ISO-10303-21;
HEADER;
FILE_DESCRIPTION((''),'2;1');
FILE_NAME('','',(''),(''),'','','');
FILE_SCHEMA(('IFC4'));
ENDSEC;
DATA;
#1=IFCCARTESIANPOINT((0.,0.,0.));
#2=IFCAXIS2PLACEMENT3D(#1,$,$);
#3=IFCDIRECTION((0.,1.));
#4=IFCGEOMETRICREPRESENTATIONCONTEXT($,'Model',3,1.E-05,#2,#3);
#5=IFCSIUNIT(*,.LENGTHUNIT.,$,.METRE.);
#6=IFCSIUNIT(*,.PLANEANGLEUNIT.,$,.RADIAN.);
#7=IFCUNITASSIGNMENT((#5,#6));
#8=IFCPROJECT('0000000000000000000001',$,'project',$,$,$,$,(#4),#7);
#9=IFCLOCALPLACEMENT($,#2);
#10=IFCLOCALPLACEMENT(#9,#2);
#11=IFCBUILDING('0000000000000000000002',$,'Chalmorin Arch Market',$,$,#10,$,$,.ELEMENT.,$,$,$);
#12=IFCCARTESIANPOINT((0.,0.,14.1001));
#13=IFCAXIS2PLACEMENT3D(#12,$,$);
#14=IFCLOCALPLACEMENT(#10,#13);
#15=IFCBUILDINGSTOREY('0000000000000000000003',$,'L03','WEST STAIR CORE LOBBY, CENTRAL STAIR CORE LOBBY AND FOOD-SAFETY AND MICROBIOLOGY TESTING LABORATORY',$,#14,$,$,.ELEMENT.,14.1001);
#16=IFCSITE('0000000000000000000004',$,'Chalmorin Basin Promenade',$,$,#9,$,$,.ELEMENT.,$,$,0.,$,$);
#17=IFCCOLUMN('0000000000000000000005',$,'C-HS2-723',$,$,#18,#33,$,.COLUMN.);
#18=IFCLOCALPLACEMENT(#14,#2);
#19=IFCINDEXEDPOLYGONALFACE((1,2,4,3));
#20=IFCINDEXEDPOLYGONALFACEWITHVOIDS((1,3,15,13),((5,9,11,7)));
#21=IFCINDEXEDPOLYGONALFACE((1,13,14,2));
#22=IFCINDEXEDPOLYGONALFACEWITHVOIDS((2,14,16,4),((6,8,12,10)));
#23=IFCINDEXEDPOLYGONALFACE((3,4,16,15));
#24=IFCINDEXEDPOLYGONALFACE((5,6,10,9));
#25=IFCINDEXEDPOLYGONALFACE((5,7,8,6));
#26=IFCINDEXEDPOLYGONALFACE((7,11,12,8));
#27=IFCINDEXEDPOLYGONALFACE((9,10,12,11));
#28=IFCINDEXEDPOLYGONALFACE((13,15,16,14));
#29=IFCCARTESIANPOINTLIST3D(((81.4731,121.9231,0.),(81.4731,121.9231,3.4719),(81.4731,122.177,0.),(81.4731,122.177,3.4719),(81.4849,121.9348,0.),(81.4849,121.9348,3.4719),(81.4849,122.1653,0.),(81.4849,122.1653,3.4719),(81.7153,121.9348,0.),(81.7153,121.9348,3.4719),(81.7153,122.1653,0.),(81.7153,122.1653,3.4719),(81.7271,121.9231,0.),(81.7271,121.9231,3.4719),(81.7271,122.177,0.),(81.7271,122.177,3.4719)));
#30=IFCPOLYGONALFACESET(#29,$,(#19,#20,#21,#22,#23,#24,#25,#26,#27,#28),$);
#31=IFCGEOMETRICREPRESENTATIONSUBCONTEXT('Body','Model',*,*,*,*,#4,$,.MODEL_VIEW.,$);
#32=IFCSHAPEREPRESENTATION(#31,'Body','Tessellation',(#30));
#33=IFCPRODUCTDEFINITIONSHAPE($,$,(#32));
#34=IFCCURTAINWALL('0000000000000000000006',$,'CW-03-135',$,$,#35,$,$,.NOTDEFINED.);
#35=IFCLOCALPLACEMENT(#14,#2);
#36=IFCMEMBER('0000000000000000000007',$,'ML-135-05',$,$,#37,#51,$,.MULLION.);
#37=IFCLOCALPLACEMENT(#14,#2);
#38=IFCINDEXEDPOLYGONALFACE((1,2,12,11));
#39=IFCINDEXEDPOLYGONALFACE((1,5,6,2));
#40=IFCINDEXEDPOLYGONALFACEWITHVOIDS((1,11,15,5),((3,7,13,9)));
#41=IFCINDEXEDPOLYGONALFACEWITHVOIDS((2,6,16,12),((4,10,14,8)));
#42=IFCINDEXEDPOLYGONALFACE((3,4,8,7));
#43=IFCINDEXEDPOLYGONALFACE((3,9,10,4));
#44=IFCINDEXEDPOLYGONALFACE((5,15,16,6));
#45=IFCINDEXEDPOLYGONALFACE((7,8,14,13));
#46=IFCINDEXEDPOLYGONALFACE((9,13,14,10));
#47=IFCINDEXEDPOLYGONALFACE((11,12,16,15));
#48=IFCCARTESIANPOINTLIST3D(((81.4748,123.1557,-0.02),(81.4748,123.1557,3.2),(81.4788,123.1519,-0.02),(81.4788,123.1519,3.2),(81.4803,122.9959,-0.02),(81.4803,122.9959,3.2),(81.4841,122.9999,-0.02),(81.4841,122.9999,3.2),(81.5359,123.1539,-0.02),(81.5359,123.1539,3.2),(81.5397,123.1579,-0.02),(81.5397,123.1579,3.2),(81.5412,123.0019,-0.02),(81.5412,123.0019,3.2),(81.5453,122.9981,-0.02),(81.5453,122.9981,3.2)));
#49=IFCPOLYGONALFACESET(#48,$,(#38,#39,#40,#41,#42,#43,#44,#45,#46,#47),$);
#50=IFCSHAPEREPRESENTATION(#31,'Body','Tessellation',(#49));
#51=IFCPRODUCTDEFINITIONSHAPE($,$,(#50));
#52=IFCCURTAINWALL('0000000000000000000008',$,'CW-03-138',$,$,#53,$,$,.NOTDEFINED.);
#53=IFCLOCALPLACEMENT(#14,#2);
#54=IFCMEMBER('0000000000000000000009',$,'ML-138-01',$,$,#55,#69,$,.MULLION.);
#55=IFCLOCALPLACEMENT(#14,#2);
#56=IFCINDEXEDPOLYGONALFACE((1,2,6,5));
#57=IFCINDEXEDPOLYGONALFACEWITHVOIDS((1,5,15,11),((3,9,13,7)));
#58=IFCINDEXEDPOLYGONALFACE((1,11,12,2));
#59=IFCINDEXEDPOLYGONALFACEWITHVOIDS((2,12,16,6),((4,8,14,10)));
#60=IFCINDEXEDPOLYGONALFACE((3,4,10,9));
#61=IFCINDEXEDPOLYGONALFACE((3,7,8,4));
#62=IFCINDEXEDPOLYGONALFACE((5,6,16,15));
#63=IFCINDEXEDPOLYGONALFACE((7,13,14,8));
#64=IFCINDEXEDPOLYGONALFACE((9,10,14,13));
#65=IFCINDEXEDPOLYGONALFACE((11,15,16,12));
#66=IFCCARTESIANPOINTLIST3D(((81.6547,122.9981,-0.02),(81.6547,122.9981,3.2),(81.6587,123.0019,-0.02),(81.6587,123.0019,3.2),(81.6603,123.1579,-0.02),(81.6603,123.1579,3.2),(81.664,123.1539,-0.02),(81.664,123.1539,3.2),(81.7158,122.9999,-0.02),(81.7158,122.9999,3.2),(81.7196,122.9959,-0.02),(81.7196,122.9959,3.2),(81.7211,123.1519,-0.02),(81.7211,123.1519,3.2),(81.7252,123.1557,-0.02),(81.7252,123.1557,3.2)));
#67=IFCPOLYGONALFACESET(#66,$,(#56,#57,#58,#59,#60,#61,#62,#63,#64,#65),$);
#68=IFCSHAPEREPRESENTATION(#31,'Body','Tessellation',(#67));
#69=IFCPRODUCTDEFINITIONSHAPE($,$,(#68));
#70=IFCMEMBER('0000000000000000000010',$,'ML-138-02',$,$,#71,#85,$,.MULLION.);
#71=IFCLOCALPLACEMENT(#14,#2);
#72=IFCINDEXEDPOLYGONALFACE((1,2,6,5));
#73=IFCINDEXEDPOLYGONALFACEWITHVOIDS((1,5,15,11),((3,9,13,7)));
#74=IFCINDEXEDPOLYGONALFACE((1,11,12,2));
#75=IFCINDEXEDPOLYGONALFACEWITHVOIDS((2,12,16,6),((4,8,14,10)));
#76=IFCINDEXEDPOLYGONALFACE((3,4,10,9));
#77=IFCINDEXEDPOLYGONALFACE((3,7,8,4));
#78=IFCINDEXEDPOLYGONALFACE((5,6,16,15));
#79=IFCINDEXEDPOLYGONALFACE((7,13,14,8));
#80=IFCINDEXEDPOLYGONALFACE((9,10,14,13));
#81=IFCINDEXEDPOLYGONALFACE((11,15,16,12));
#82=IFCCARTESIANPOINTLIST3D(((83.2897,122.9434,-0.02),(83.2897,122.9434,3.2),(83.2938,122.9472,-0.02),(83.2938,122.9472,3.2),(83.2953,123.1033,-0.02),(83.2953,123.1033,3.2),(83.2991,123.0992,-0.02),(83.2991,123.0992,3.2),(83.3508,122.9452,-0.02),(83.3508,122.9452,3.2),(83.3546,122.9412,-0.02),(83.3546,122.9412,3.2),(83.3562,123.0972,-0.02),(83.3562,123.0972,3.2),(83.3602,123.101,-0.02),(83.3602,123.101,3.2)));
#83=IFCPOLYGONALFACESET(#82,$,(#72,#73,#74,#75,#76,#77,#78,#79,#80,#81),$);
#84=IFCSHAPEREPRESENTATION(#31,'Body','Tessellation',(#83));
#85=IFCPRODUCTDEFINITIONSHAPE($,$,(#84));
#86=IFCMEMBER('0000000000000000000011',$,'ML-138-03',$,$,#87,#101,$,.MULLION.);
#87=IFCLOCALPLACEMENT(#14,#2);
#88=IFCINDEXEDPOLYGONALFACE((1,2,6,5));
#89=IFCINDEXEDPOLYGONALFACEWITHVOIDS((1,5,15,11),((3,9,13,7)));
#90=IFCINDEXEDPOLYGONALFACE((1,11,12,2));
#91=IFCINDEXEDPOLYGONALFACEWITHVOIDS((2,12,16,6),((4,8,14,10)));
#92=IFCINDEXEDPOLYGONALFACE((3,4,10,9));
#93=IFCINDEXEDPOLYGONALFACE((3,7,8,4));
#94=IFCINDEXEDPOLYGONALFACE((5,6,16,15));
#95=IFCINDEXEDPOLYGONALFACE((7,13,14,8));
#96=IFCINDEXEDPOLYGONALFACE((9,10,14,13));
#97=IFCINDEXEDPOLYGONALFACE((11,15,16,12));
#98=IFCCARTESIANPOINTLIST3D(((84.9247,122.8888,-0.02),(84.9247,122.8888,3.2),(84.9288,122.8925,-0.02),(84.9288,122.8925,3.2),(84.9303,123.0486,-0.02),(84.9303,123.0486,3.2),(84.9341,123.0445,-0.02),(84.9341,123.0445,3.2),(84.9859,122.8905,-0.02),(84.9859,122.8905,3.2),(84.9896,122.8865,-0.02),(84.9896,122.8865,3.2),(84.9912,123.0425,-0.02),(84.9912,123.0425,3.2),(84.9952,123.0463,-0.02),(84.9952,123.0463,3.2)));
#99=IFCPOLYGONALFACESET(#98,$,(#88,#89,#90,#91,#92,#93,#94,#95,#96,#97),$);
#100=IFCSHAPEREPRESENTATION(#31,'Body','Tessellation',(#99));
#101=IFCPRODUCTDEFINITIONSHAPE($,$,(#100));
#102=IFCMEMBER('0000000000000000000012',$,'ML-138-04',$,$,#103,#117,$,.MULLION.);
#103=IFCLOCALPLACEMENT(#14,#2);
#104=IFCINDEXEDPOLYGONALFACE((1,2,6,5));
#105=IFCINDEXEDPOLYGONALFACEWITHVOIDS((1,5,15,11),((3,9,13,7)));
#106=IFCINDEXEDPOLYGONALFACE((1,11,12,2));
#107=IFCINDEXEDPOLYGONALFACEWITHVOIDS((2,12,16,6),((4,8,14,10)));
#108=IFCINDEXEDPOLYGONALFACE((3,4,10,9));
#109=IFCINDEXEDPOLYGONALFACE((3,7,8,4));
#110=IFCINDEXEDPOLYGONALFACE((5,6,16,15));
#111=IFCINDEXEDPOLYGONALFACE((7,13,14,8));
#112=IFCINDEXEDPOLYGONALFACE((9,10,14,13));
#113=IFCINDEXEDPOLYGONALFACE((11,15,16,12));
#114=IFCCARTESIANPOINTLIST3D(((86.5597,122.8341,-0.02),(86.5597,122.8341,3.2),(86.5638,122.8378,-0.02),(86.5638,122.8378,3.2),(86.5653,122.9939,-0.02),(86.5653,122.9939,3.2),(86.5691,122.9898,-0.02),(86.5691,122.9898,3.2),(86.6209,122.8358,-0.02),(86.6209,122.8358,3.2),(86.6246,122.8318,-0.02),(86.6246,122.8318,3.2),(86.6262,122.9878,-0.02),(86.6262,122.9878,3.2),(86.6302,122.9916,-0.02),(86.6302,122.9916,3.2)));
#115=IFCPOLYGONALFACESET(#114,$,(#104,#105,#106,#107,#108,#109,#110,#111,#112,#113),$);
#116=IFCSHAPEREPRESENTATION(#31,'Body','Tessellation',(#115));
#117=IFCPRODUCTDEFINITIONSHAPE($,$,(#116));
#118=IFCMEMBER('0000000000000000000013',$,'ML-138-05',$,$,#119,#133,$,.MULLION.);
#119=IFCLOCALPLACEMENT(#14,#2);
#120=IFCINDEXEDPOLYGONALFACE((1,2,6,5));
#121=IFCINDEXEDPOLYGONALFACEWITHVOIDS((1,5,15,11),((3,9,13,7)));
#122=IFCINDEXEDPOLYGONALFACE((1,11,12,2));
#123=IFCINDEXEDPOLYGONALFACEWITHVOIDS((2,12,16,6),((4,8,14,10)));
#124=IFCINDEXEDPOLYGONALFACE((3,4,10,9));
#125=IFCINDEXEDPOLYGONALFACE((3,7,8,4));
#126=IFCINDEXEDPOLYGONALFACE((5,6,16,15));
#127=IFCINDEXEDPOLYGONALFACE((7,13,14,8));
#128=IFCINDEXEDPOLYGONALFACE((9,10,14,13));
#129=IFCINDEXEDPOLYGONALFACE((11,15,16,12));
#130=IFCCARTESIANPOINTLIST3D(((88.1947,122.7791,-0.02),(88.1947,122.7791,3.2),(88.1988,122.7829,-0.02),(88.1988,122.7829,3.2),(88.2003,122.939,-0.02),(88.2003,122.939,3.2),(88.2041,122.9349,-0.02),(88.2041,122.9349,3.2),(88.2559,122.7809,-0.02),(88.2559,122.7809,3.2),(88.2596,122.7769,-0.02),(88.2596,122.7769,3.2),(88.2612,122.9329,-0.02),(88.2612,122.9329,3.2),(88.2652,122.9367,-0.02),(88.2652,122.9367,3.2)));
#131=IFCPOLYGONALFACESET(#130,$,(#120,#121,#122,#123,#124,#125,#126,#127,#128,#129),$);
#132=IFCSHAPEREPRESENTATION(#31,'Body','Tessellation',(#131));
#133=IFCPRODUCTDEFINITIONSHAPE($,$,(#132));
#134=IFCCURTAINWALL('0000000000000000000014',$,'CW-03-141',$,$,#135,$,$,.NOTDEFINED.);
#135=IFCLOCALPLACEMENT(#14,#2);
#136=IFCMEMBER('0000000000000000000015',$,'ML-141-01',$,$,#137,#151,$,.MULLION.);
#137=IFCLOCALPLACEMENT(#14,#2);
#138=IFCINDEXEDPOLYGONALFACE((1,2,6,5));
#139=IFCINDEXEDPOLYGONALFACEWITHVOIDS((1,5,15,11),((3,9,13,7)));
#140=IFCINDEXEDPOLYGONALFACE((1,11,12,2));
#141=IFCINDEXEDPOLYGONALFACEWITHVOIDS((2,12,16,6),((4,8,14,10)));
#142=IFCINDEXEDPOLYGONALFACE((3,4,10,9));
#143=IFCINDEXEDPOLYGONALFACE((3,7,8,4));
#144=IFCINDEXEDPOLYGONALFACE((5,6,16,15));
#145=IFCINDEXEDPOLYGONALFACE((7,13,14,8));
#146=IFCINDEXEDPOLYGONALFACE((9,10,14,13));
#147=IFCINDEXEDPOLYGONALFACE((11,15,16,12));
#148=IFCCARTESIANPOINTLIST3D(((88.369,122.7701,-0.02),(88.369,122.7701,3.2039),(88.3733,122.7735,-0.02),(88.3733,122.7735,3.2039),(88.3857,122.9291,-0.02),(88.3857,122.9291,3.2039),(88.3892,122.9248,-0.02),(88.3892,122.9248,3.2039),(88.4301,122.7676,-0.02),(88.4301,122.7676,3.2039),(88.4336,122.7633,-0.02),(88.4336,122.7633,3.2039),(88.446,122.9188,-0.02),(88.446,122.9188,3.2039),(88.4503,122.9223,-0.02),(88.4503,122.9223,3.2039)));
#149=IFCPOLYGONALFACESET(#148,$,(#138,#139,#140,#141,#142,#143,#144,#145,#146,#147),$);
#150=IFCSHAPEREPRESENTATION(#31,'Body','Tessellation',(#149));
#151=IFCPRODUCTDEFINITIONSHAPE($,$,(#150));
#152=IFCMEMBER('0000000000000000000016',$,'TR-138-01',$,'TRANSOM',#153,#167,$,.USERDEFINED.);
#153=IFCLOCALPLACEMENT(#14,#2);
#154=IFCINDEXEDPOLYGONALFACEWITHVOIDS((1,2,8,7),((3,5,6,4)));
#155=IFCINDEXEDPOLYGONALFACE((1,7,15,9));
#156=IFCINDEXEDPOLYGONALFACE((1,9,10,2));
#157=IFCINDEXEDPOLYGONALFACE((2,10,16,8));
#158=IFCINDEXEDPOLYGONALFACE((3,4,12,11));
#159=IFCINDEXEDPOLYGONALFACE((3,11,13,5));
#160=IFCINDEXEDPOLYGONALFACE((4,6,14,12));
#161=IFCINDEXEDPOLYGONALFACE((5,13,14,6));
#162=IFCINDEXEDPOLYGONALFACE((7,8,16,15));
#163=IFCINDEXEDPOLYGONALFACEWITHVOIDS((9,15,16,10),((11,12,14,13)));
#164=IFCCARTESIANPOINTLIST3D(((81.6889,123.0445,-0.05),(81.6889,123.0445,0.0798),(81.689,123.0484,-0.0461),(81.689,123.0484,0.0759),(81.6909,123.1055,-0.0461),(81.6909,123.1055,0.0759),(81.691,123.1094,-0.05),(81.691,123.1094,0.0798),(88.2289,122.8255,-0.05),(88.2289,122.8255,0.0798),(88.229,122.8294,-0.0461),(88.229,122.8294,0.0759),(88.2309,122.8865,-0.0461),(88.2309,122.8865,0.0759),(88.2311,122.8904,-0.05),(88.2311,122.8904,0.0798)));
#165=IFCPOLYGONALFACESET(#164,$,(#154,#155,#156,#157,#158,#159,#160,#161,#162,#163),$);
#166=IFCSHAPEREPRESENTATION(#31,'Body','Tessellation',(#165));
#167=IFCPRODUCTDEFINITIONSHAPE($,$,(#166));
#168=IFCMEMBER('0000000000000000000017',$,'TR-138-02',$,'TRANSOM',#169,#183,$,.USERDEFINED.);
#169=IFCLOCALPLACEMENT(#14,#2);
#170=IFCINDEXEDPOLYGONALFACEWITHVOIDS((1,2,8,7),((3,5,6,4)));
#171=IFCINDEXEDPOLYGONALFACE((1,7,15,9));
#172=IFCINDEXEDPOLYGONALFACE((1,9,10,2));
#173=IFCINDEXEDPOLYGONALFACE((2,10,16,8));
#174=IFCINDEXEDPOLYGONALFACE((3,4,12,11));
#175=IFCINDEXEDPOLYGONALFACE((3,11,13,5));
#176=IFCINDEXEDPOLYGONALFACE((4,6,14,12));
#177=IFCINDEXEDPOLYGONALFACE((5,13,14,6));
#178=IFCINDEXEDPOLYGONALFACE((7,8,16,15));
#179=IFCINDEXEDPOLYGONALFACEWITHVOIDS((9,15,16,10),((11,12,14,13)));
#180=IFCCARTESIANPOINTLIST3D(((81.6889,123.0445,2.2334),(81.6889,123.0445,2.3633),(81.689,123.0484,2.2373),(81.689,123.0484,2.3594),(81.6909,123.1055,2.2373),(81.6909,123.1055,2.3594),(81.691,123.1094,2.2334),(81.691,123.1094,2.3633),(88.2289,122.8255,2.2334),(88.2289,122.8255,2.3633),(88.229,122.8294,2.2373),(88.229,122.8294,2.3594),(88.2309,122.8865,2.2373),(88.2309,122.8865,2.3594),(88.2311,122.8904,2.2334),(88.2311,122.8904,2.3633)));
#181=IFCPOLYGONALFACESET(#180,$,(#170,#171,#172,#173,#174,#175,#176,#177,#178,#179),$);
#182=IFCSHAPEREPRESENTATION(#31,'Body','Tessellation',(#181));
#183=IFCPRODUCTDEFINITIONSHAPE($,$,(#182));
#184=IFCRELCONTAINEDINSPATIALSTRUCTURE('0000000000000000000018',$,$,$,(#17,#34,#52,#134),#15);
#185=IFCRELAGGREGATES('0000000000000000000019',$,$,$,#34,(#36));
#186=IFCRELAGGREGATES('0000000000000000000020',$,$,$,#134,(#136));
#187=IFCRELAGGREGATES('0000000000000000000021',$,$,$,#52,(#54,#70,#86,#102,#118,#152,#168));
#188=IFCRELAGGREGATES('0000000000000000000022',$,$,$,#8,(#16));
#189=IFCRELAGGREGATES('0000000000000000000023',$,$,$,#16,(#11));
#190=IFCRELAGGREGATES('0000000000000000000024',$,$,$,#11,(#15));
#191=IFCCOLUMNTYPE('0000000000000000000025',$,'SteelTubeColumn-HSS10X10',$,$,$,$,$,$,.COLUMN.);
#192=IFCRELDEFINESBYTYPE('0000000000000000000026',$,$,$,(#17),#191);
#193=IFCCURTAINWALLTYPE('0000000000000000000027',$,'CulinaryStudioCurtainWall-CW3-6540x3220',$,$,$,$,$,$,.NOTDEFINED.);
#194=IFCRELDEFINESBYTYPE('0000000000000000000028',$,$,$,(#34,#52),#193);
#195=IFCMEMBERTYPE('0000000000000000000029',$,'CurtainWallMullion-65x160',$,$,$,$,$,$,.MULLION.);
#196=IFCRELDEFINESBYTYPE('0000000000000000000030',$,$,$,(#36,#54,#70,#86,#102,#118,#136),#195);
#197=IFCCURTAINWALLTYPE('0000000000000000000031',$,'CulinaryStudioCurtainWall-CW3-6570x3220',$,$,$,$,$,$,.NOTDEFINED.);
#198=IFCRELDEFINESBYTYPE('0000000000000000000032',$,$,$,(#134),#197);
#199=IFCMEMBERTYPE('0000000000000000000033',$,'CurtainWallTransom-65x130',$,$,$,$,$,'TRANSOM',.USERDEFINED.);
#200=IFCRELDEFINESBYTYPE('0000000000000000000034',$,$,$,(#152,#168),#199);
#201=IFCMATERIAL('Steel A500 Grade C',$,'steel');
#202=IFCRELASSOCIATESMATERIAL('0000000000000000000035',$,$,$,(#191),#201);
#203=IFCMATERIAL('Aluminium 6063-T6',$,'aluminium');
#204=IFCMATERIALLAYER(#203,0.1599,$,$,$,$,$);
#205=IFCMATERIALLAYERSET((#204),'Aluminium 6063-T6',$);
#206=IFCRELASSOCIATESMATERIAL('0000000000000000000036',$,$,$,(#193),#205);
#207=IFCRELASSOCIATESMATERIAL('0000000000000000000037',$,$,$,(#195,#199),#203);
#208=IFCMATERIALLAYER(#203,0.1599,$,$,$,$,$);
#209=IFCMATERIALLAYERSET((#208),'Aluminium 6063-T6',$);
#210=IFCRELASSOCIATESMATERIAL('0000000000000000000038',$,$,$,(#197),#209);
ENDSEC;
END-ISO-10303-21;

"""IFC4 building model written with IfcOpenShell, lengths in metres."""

from ifc_helpers import new_model, si_unit, direction, frame, origin, origin_2d, place, context, subcontext, project, spatial, hollow_rectangle, extrude, material, layer, layer_set, material_profile, profile_set, type_object, element, aggregate, save


model = new_model("IFC4")

# Units and contexts
model_context = context("Model", 3, precision=1e-05, world=origin(), true_north=direction((0.0, 1.0)))
body_context = subcontext(model_context, "Body", "Model", "MODEL_VIEW")
ifc_project = project(units=[si_unit("LENGTHUNIT", "METRE"), si_unit("PLANEANGLEUNIT", "RADIAN")], contexts=[model_context])

# Site, building, storey
site_placement = place(None, origin())
site = spatial("IfcSite", under=ifc_project, at=site_placement, Name="Chalmorin Basin Promenade", CompositionType="ELEMENT", RefElevation=0.0)
building_placement = place(site_placement, origin())
building = spatial("IfcBuilding", under=site, at=building_placement, Name="Chalmorin Arch Market", CompositionType="ELEMENT")
storey_placement = place(building_placement, frame((0.0, 0.0, 14.1001)))
storey = spatial("IfcBuildingStorey", under=building, at=storey_placement, Name="L03", Description="WEST STAIR CORE LOBBY, CENTRAL STAIR CORE LOBBY AND FOOD-SAFETY AND MICROBIOLOGY TESTING LABORATORY", CompositionType="ELEMENT", Elevation=14.1001)

# Column
ifc_material_1 = material(Name="Steel A500 Grade C", Category="steel")
ifc_material_profile_1 = material_profile(ifc_material_1, hollow_rectangle(XDim=0.2539, YDim=0.2539, WallThickness=0.0117, at=origin_2d()), Name="HSS10X10X1/2")
ifc_profile_set_1 = profile_set([ifc_material_profile_1], Name="Steel A500 Grade C")
column_type = type_object("IfcColumnType", Name="SteelTubeColumn-HSS10X10", PredefinedType="COLUMN", material=ifc_profile_set_1)
column_placement = place(storey_placement, frame((81.6001, 122.05, 0.0), z_axis=(0.0, 0.0, 1.0), x_axis=(1.0, 0.0, 0.0)))
element("IfcColumn", 1, at=column_placement, inside=storey, type_object=column_type, Name="C-HS2-723", PredefinedType="COLUMN", context=body_context, shape_type="SweptSolid", body=[
    extrude(hollow_rectangle(XDim=0.2539, YDim=0.2539, WallThickness=0.0117, at=origin_2d()), origin(), (0.0, 0.0, 1.0), 3.4719),
])

# Curtain wall, member
ifc_material_2 = material(Name="Aluminium 6063-T6", Category="aluminium")
ifc_layer_1 = layer(ifc_material_2, 0.1599)
ifc_layer_set_1 = layer_set([ifc_layer_1], Name="Aluminium 6063-T6")
curtain_wall_type_1 = type_object("IfcCurtainWallType", Name="CulinaryStudioCurtainWall-CW3-6540x3220", PredefinedType="NOTDEFINED", material=ifc_layer_set_1)
curtain_wall_1_placement = place(storey_placement, origin())
curtain_wall_1 = element("IfcCurtainWall", 2, at=curtain_wall_1_placement, inside=storey, type_object=curtain_wall_type_1, Name="CW-03-135", PredefinedType="NOTDEFINED")
ifc_material_profile_2 = material_profile(ifc_material_2, hollow_rectangle(XDim=0.0649, YDim=0.1599, WallThickness=0.0039, at=origin_2d()), Name="ALU65X160X4")
ifc_profile_set_2 = profile_set([ifc_material_profile_2], Name="Aluminium 6063-T6")
member_type_1 = type_object("IfcMemberType", Name="CurtainWallMullion-65x160", PredefinedType="MULLION", material=ifc_profile_set_2)
member_1_placement = place(storey_placement, frame((81.51, 123.0769, -0.02), z_axis=(0.0, 0.0, 1.0), x_axis=(0.999391, 0.034899, 0.0)))
member_1 = element("IfcMember", 3, at=member_1_placement, type_object=member_type_1, Name="ML-135-05", PredefinedType="MULLION", context=body_context, shape_type="SweptSolid", body=[
    extrude(hollow_rectangle(XDim=0.0649, YDim=0.1599, WallThickness=0.0039, at=origin_2d()), origin(), (0.0, 0.0, 1.0), 3.22),
])
aggregate(curtain_wall_1, [member_1])

# Curtain wall, members
curtain_wall_2_placement = place(storey_placement, origin())
curtain_wall_2 = element("IfcCurtainWall", 4, at=curtain_wall_2_placement, inside=storey, type_object=curtain_wall_type_1, Name="CW-03-138", PredefinedType="NOTDEFINED")
member_2_placement = place(storey_placement, frame((81.6899, 123.0769, -0.02), z_axis=(0.0, 0.0, 1.0), x_axis=(0.999391, -0.034899, 0.0)))
member_2 = element("IfcMember", 5, at=member_2_placement, type_object=member_type_1, Name="ML-138-01", PredefinedType="MULLION", context=body_context, shape_type="SweptSolid", body=[
    extrude(hollow_rectangle(XDim=0.0649, YDim=0.1599, WallThickness=0.0039, at=origin_2d()), origin(), (0.0, 0.0, 1.0), 3.22),
])
member_3_placement = place(storey_placement, frame((83.325, 123.0222, -0.02), z_axis=(0.0, 0.0, 1.0), x_axis=(0.999391, -0.034899, 0.0)))
member_3 = element("IfcMember", 6, at=member_3_placement, type_object=member_type_1, Name="ML-138-02", PredefinedType="MULLION", context=body_context, shape_type="SweptSolid", body=[
    extrude(hollow_rectangle(XDim=0.0649, YDim=0.1599, WallThickness=0.0039, at=origin_2d()), origin(), (0.0, 0.0, 1.0), 3.22),
])
member_4_placement = place(storey_placement, frame((84.96, 122.9675, -0.02), z_axis=(0.0, 0.0, 1.0), x_axis=(0.999391, -0.034899, 0.0)))
member_4 = element("IfcMember", 7, at=member_4_placement, type_object=member_type_1, Name="ML-138-03", PredefinedType="MULLION", context=body_context, shape_type="SweptSolid", body=[
    extrude(hollow_rectangle(XDim=0.0649, YDim=0.1599, WallThickness=0.0039, at=origin_2d()), origin(), (0.0, 0.0, 1.0), 3.22),
])
member_5_placement = place(storey_placement, frame((86.595, 122.9128, -0.02), z_axis=(0.0, 0.0, 1.0), x_axis=(0.999391, -0.034899, 0.0)))
member_5 = element("IfcMember", 8, at=member_5_placement, type_object=member_type_1, Name="ML-138-04", PredefinedType="MULLION", context=body_context, shape_type="SweptSolid", body=[
    extrude(hollow_rectangle(XDim=0.0649, YDim=0.1599, WallThickness=0.0039, at=origin_2d()), origin(), (0.0, 0.0, 1.0), 3.22),
])
member_6_placement = place(storey_placement, frame((88.23, 122.8579, -0.02), z_axis=(0.0, 0.0, 1.0), x_axis=(0.999391, -0.034899, 0.0)))
member_6 = element("IfcMember", 9, at=member_6_placement, type_object=member_type_1, Name="ML-138-05", PredefinedType="MULLION", context=body_context, shape_type="SweptSolid", body=[
    extrude(hollow_rectangle(XDim=0.0649, YDim=0.1599, WallThickness=0.0039, at=origin_2d()), origin(), (0.0, 0.0, 1.0), 3.22),
])

# Curtain wall, member
ifc_layer_2 = layer(ifc_material_2, 0.1599)
ifc_layer_set_2 = layer_set([ifc_layer_2], Name="Aluminium 6063-T6")
curtain_wall_type_2 = type_object("IfcCurtainWallType", Name="CulinaryStudioCurtainWall-CW3-6570x3220", PredefinedType="NOTDEFINED", material=ifc_layer_set_2)
curtain_wall_3_placement = place(storey_placement, origin())
curtain_wall_3 = element("IfcCurtainWall", 10, at=curtain_wall_3_placement, inside=storey, type_object=curtain_wall_type_2, Name="CW-03-141", PredefinedType="NOTDEFINED")
member_7_placement = place(storey_placement, frame((88.4097, 122.8462, -0.02), z_axis=(0.0, 0.0, 1.0), x_axis=(0.994522, -0.104528, 0.0)))
member_7 = element("IfcMember", 11, at=member_7_placement, type_object=member_type_1, Name="ML-141-01", PredefinedType="MULLION", context=body_context, shape_type="SweptSolid", body=[
    extrude(hollow_rectangle(XDim=0.0649, YDim=0.1599, WallThickness=0.0039, at=origin_2d()), origin(), (0.0, 0.0, 1.0), 3.2239),
])

# Members
ifc_material_profile_3 = material_profile(ifc_material_2, hollow_rectangle(XDim=0.0649, YDim=0.1299, WallThickness=0.0039, at=origin_2d()), Name="ALU65X130X4")
ifc_profile_set_3 = profile_set([ifc_material_profile_3], Name="Aluminium 6063-T6")
member_type_2 = type_object("IfcMemberType", Name="CurtainWallTransom-65x130", ElementType="TRANSOM", PredefinedType="USERDEFINED", material=ifc_profile_set_3)
member_8_placement = place(storey_placement, frame((81.6899, 123.0769, 0.0149), z_axis=(0.99944, -0.033466, 0.0), x_axis=(0.033466, 0.99944, 0.0)))
member_8 = element("IfcMember", 12, at=member_8_placement, type_object=member_type_2, Name="TR-138-01", ObjectType="TRANSOM", PredefinedType="USERDEFINED", context=body_context, shape_type="SweptSolid", body=[
    extrude(hollow_rectangle(XDim=0.0649, YDim=0.1299, WallThickness=0.0039, at=origin_2d()), origin(), (0.0, 0.0, 1.0), 6.5437),
])
member_9_placement = place(storey_placement, frame((81.6899, 123.0769, 2.2983), z_axis=(0.99944, -0.033466, 0.0), x_axis=(0.033466, 0.99944, 0.0)))
member_9 = element("IfcMember", 13, at=member_9_placement, type_object=member_type_2, Name="TR-138-02", ObjectType="TRANSOM", PredefinedType="USERDEFINED", context=body_context, shape_type="SweptSolid", body=[
    extrude(hollow_rectangle(XDim=0.0649, YDim=0.1299, WallThickness=0.0039, at=origin_2d()), origin(), (0.0, 0.0, 1.0), 6.5437),
])
aggregate(curtain_wall_3, [member_7])

aggregate(curtain_wall_2, [member_2, member_3, member_4, member_5, member_6, member_8, member_9])

save(model, "model.ifc")
